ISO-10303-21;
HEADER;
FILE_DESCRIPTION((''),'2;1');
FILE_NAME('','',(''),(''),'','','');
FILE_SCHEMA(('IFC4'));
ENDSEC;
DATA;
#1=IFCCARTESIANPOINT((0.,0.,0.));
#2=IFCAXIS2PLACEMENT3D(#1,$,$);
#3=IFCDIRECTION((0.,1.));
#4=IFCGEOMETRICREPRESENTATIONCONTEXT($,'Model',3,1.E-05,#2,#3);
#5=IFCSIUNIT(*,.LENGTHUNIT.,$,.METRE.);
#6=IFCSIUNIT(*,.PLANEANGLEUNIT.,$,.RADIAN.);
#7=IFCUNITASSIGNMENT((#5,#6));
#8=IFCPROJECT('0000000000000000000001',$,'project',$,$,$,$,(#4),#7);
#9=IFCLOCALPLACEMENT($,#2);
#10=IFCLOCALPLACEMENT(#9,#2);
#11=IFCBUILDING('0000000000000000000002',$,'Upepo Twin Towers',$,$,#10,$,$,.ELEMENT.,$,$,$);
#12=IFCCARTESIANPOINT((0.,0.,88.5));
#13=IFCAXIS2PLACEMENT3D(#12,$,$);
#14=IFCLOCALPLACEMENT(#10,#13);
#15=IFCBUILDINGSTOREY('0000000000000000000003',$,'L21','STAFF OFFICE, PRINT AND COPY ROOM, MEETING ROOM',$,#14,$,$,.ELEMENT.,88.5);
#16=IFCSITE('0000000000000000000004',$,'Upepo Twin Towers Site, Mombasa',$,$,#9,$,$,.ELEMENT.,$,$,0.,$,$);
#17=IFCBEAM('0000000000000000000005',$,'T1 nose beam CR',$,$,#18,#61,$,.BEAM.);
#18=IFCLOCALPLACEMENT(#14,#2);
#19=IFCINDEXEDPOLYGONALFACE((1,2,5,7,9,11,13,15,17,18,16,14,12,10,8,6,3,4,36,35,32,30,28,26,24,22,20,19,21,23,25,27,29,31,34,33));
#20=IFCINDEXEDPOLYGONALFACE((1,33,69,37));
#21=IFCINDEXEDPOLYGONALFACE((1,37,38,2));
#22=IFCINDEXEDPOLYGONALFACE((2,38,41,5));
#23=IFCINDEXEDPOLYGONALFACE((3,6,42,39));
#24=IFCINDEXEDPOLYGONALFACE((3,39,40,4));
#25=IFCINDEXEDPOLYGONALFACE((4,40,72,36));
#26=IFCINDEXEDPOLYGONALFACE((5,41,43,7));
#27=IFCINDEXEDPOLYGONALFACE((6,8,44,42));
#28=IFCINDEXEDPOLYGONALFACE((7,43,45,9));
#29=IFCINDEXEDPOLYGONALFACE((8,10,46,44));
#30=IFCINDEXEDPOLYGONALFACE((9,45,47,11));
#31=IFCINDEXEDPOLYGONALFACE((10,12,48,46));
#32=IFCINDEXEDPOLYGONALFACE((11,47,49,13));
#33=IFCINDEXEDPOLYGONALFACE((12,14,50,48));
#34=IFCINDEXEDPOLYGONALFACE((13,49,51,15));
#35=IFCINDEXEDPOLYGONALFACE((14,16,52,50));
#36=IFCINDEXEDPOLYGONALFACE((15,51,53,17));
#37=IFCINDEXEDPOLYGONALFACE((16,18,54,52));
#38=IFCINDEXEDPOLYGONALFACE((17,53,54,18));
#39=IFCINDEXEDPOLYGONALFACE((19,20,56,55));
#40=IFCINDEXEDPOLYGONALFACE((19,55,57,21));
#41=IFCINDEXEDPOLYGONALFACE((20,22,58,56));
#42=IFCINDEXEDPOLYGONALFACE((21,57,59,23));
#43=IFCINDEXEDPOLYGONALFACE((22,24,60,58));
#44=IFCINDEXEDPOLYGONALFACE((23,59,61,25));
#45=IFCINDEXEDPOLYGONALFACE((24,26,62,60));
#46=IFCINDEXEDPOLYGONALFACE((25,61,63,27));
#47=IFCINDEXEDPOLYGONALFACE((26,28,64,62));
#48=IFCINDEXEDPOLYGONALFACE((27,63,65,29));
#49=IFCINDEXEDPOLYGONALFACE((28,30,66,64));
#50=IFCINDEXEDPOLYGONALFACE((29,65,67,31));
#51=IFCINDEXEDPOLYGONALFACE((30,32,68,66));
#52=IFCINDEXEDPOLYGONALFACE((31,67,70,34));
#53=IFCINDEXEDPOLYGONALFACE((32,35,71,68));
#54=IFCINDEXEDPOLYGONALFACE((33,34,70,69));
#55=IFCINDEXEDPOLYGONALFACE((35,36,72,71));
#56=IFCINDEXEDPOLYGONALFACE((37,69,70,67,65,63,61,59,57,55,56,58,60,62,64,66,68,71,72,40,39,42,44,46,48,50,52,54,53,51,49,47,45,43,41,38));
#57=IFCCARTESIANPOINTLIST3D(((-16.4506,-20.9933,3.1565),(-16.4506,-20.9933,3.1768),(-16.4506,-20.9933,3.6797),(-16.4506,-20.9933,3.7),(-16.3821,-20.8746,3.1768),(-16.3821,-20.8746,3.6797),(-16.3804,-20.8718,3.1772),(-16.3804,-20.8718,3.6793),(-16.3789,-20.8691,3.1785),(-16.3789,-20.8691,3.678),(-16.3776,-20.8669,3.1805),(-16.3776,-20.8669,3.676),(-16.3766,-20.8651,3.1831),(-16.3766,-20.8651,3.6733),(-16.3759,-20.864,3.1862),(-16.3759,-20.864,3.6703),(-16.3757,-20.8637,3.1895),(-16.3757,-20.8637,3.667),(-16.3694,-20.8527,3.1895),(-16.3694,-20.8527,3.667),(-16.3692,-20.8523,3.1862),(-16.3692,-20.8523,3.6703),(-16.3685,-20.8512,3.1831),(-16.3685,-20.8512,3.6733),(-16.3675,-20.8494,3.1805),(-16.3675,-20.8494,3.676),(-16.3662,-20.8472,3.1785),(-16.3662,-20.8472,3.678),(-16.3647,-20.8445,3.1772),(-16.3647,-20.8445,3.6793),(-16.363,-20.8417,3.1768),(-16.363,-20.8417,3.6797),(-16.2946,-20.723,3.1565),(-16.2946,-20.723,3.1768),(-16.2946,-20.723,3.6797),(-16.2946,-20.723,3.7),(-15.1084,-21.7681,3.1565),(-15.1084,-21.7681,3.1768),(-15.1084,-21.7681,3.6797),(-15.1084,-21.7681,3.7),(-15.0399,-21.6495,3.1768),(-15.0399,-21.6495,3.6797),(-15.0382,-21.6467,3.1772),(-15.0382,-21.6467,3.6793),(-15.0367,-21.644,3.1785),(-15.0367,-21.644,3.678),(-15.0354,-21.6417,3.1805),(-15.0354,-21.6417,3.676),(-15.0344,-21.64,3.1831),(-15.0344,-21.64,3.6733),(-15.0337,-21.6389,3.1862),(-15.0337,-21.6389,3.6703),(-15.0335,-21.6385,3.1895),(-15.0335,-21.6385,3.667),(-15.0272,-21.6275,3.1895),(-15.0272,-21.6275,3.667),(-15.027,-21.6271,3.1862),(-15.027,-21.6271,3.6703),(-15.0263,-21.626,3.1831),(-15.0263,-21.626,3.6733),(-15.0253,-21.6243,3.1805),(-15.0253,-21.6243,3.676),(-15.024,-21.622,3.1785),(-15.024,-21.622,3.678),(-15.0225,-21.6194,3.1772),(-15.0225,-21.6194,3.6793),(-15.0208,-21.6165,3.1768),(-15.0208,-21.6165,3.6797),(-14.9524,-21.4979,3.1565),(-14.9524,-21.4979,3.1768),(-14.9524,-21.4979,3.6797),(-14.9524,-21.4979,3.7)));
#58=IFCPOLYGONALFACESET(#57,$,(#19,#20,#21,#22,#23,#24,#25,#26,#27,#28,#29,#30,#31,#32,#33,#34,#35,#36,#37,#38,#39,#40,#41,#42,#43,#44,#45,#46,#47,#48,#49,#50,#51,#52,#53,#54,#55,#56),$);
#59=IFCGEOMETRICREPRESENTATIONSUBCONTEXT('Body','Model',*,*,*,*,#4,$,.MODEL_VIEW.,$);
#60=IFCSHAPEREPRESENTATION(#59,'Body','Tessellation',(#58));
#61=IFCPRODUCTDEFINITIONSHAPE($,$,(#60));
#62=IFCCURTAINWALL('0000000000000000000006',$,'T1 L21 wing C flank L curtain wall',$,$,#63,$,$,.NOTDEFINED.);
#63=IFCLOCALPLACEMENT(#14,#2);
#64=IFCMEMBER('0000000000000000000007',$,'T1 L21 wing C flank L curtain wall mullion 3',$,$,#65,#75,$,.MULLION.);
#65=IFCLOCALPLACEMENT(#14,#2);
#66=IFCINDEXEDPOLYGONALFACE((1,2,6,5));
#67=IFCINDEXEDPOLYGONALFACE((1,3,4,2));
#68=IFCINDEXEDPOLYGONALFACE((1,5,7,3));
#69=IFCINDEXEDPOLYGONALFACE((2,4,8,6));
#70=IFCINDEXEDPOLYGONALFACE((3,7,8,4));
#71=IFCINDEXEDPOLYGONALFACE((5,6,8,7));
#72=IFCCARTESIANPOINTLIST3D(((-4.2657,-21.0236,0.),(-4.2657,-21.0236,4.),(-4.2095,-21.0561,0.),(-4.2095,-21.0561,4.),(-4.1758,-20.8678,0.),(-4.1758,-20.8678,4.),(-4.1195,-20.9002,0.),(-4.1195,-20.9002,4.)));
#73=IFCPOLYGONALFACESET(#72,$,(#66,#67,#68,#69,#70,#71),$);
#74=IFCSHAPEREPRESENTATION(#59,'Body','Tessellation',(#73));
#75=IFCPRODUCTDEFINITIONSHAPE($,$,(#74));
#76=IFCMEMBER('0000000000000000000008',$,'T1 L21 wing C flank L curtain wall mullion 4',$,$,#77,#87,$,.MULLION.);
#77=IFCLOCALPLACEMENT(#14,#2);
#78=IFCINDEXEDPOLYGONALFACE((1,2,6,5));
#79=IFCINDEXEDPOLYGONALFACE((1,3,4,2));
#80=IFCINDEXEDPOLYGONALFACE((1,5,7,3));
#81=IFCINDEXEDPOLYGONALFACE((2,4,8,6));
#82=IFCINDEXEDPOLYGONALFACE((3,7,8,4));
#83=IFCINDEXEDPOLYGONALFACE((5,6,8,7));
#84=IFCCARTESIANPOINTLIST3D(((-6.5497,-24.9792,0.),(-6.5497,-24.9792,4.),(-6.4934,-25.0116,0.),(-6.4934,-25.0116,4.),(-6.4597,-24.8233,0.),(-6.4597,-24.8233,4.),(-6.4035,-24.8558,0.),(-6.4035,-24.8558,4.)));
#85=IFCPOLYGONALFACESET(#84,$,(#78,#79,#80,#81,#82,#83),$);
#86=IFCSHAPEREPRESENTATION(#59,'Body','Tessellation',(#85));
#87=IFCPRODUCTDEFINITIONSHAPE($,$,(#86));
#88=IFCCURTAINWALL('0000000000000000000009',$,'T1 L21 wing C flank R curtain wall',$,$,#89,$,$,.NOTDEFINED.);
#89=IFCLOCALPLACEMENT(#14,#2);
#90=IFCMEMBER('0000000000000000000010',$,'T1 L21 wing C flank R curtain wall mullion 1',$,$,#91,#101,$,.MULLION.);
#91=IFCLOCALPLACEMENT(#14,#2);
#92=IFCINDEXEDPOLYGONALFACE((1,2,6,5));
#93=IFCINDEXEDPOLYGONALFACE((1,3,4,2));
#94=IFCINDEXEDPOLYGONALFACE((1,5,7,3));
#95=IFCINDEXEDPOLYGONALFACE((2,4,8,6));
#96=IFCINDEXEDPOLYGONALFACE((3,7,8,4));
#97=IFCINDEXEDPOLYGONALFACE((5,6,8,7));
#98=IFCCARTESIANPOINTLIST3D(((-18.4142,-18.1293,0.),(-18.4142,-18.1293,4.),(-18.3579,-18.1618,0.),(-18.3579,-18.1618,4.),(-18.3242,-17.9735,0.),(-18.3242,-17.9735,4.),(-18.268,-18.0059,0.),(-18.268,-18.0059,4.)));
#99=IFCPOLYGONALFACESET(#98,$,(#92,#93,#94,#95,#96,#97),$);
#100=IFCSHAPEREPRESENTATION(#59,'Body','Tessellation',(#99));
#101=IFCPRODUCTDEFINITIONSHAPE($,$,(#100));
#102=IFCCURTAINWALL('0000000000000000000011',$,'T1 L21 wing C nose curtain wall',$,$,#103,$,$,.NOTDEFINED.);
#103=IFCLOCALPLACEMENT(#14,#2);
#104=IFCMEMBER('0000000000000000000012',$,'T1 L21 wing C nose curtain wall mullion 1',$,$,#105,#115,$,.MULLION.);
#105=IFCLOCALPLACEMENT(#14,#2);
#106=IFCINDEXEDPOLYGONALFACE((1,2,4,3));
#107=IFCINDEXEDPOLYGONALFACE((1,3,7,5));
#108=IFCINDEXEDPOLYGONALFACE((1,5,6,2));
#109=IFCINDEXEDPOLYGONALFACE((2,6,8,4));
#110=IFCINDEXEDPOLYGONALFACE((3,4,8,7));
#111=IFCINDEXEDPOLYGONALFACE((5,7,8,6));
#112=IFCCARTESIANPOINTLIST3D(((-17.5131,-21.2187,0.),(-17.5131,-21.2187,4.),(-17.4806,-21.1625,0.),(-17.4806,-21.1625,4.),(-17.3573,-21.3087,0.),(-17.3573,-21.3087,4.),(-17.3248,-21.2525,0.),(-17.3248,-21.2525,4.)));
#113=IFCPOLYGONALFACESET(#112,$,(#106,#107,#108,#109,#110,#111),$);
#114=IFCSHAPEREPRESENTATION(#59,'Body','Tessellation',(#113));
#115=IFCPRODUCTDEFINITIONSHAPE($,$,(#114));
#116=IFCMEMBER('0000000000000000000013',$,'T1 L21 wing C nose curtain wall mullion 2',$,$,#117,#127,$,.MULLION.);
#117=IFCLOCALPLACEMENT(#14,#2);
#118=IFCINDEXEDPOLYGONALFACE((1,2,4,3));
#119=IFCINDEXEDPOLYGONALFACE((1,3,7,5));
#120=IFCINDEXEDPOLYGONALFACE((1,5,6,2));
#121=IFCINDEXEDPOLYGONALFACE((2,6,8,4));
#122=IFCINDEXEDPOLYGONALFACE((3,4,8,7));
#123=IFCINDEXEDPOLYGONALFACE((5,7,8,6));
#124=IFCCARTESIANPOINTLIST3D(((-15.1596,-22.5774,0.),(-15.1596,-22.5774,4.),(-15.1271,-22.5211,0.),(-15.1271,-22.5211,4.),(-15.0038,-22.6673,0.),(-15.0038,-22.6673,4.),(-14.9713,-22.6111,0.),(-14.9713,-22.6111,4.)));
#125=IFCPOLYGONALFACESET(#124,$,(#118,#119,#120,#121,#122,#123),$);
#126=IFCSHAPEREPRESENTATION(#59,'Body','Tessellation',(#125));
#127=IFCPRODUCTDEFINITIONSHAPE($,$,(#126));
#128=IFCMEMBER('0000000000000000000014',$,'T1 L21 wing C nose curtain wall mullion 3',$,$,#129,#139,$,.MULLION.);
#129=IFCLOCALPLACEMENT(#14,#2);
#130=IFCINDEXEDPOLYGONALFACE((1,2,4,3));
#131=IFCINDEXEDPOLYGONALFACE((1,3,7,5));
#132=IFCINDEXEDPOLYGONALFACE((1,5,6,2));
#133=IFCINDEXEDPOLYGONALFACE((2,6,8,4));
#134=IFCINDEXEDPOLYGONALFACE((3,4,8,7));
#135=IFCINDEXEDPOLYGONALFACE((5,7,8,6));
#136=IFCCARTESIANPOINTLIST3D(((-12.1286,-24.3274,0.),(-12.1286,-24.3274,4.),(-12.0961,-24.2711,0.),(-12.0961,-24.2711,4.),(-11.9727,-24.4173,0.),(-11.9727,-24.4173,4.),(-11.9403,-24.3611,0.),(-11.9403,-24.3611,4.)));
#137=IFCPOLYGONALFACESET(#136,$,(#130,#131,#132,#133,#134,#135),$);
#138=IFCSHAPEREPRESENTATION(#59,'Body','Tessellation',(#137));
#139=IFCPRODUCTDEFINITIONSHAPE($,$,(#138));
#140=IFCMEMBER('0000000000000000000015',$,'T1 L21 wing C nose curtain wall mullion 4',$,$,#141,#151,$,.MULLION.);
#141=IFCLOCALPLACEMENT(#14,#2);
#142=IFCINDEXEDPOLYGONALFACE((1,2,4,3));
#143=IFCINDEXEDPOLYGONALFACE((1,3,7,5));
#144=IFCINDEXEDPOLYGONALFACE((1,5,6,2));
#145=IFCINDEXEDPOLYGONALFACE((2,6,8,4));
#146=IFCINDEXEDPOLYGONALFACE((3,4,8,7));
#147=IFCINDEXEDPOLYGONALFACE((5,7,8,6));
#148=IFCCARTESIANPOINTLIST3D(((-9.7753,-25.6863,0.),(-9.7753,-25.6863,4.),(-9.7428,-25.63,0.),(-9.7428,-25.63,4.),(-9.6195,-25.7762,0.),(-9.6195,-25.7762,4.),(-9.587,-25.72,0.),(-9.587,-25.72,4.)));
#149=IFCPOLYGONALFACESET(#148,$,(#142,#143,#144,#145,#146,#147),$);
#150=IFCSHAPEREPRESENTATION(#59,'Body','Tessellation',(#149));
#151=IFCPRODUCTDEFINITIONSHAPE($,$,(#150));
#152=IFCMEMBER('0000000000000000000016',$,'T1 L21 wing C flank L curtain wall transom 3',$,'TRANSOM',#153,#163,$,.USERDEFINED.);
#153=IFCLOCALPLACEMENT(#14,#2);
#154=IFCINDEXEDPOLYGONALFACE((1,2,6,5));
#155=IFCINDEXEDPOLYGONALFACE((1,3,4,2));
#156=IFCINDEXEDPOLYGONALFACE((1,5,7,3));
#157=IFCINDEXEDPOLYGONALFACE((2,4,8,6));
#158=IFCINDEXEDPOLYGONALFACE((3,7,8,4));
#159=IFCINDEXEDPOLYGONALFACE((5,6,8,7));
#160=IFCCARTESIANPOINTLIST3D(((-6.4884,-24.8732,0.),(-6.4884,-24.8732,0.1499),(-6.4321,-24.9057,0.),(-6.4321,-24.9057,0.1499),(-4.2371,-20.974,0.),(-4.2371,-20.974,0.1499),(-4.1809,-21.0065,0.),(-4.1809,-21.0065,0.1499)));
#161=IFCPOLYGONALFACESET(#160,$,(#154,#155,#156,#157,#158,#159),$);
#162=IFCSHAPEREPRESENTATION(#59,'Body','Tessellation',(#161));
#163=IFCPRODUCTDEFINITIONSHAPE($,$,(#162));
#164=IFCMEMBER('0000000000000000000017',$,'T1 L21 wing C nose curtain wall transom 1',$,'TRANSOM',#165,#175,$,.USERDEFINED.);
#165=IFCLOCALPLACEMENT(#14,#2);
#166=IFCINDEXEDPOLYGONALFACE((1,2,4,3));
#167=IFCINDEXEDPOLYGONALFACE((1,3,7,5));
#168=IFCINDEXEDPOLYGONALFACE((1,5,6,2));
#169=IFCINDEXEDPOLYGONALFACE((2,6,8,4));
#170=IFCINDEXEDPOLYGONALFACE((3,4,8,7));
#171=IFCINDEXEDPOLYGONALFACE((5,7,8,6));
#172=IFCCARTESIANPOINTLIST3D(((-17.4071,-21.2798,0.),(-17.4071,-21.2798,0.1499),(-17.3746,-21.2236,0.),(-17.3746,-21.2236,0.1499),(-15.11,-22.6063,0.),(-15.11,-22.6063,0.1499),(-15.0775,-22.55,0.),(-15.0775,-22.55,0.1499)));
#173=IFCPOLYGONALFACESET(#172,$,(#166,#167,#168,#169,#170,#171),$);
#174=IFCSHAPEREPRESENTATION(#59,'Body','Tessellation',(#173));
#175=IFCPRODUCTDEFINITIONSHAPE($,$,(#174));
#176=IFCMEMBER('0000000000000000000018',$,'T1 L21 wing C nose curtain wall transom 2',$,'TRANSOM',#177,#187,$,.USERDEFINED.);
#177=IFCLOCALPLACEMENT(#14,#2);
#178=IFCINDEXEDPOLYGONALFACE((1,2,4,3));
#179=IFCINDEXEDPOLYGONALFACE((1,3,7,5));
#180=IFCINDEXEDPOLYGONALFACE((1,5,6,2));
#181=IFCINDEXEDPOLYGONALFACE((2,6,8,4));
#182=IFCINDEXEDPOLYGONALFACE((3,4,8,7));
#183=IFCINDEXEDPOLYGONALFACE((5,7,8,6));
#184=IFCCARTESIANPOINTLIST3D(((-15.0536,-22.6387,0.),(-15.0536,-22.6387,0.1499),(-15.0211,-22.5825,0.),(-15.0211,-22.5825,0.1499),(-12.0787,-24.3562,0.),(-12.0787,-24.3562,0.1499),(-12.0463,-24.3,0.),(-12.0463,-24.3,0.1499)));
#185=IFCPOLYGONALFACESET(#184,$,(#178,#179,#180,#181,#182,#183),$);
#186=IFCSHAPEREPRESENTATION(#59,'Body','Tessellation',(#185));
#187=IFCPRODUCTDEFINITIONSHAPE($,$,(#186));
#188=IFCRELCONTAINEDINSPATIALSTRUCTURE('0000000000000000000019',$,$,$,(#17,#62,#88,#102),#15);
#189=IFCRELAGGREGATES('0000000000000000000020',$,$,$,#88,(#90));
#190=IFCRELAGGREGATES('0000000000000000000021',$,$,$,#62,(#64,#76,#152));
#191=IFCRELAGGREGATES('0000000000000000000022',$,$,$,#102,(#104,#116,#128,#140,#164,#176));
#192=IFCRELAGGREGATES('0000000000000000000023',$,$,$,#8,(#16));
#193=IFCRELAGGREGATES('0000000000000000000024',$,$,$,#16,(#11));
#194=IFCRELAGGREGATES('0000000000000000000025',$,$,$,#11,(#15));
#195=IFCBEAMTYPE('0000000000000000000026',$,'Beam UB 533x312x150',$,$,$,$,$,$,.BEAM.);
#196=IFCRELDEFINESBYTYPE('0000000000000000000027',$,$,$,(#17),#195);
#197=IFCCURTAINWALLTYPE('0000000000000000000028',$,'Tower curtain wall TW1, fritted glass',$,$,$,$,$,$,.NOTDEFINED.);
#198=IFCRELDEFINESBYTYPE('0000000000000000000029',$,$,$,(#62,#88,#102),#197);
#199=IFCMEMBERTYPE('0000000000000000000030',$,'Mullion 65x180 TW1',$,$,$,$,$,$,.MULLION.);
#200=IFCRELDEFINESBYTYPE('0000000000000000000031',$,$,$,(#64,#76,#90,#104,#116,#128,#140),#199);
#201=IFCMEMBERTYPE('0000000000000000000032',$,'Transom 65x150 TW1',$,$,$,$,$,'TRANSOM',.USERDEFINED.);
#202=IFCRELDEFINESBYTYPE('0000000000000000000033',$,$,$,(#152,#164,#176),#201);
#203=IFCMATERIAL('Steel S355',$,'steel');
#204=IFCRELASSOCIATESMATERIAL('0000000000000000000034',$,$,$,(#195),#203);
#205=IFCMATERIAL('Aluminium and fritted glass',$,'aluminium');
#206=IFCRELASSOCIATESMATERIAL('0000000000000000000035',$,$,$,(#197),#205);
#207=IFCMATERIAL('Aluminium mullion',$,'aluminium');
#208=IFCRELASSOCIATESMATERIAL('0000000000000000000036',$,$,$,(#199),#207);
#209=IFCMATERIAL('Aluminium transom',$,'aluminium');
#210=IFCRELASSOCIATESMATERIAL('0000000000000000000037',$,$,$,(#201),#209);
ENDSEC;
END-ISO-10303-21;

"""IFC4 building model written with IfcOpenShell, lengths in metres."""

from ifc_helpers import new_model, si_unit, direction, frame, origin, origin_2d, place, context, subcontext, project, spatial, rectangle, i_section, extrude, material, material_profile, profile_set, type_object, element, aggregate, save


model = new_model("IFC4")

# Units and contexts
model_context = context("Model", 3, precision=1e-05, world=origin(), true_north=direction((0.0, 1.0)))
body_context = subcontext(model_context, "Body", "Model", "MODEL_VIEW")
ifc_project = project(units=[si_unit("LENGTHUNIT", "METRE"), si_unit("PLANEANGLEUNIT", "RADIAN")], contexts=[model_context])

# Site, building, storey
site_placement = place(None, origin())
site = spatial("IfcSite", under=ifc_project, at=site_placement, Name="Upepo Twin Towers Site, Mombasa", CompositionType="ELEMENT", RefElevation=0.0)
building_placement = place(site_placement, origin())
building = spatial("IfcBuilding", under=site, at=building_placement, Name="Upepo Twin Towers", CompositionType="ELEMENT")
storey_placement = place(building_placement, frame((0.0, 0.0, 88.5)))
storey = spatial("IfcBuildingStorey", under=building, at=storey_placement, Name="L21", Description="STAFF OFFICE, PRINT AND COPY ROOM, MEETING ROOM", CompositionType="ELEMENT", Elevation=88.5)

# Beam
ifc_material_1 = material(Name="Steel S355", Category="steel")
ifc_material_profile_1 = material_profile(ifc_material_1, i_section(OverallWidth=0.312, OverallDepth=0.5435, WebThickness=0.0127, FlangeThickness=0.0203, FilletRadius=0.0127, at=origin_2d()), Name="UB 533x312x150")
ifc_profile_set_1 = profile_set([ifc_material_profile_1], Name="Steel S355")
beam_type_1 = type_object("IfcBeamType", Name="Beam UB 533x312x150", PredefinedType="BEAM", material=ifc_profile_set_1)
for number, where, z_axis, x_axis, name in (
    (1, (-16.3726, -20.8582, 3.4282), (0.866044, -0.499968, 0.0), (0.499968, 0.866044, 0.0), "T1 nose beam CR"),
):
    element("IfcBeam", number, at=place(storey_placement, frame(where, z_axis=z_axis, x_axis=x_axis)), inside=storey, type_object=beam_type_1, Name=name, PredefinedType="BEAM", context=body_context, shape_type="SweptSolid", body=[
        extrude(i_section(OverallWidth=0.312, OverallDepth=0.5435, WebThickness=0.0127, FlangeThickness=0.0203, FilletRadius=0.0127, at=origin_2d()), origin(), (0.0, 0.0, 1.0), 1.5498),
    ])

# Curtain wall, members
ifc_material_2 = material(Name="Aluminium and fritted glass", Category="aluminium")
curtain_wall_type = type_object("IfcCurtainWallType", Name="Tower curtain wall TW1, fritted glass", PredefinedType="NOTDEFINED", material=ifc_material_2)
curtain_wall_1_placement = place(storey_placement, origin())
curtain_wall_1 = element("IfcCurtainWall", 2, at=curtain_wall_1_placement, inside=storey, type_object=curtain_wall_type, Name="T1 L21 wing C flank L curtain wall", PredefinedType="NOTDEFINED")
ifc_material_3 = material(Name="Aluminium mullion", Category="aluminium")
ifc_material_profile_2 = material_profile(ifc_material_3, rectangle(XDim=0.0649, YDim=0.1799, at=origin_2d()), Name="MULLION 65x180")
ifc_profile_set_2 = profile_set([ifc_material_profile_2], Name="Aluminium mullion")
member_type_1 = type_object("IfcMemberType", Name="Mullion 65x180 TW1", PredefinedType="MULLION", material=ifc_profile_set_2)
member_1_placement = place(storey_placement, frame((-4.1926, -20.9619, 0.0), z_axis=(0.0, 0.0, 1.0), x_axis=(0.866025, -0.5, 0.0)))
member_1 = element("IfcMember", 3, at=member_1_placement, type_object=member_type_1, Name="T1 L21 wing C flank L curtain wall mullion 3", PredefinedType="MULLION", context=body_context, shape_type="SweptSolid", body=[
    extrude(rectangle(XDim=0.0649, YDim=0.1799, at=origin_2d()), origin(), (0.0, 0.0, 1.0), 4.0),
])
member_2_placement = place(storey_placement, frame((-6.4766, -24.9175, 0.0), z_axis=(0.0, 0.0, 1.0), x_axis=(0.866025, -0.5, 0.0)))
member_2 = element("IfcMember", 4, at=member_2_placement, type_object=member_type_1, Name="T1 L21 wing C flank L curtain wall mullion 4", PredefinedType="MULLION", context=body_context, shape_type="SweptSolid", body=[
    extrude(rectangle(XDim=0.0649, YDim=0.1799, at=origin_2d()), origin(), (0.0, 0.0, 1.0), 4.0),
])

# Curtain wall, member
curtain_wall_2_placement = place(storey_placement, origin())
curtain_wall_2 = element("IfcCurtainWall", 5, at=curtain_wall_2_placement, inside=storey, type_object=curtain_wall_type, Name="T1 L21 wing C flank R curtain wall", PredefinedType="NOTDEFINED")
member_3_placement = place(storey_placement, frame((-18.3411, -18.0676, 0.0), z_axis=(0.0, 0.0, 1.0), x_axis=(-0.866025, 0.5, 0.0)))
member_3 = element("IfcMember", 6, at=member_3_placement, type_object=member_type_1, Name="T1 L21 wing C flank R curtain wall mullion 1", PredefinedType="MULLION", context=body_context, shape_type="SweptSolid", body=[
    extrude(rectangle(XDim=0.0649, YDim=0.1799, at=origin_2d()), origin(), (0.0, 0.0, 1.0), 4.0),
])
aggregate(curtain_wall_2, [member_3])

# Curtain wall, members
curtain_wall_3_placement = place(storey_placement, origin())
curtain_wall_3 = element("IfcCurtainWall", 7, at=curtain_wall_3_placement, inside=storey, type_object=curtain_wall_type, Name="T1 L21 wing C nose curtain wall", PredefinedType="NOTDEFINED")
member_4_placement = place(storey_placement, frame((-17.4189, -21.2356, 0.0), z_axis=(0.0, 0.0, 1.0), x_axis=(0.5, 0.866025, 0.0)))
member_4 = element("IfcMember", 8, at=member_4_placement, type_object=member_type_1, Name="T1 L21 wing C nose curtain wall mullion 1", PredefinedType="MULLION", context=body_context, shape_type="SweptSolid", body=[
    extrude(rectangle(XDim=0.0649, YDim=0.1799, at=origin_2d()), origin(), (0.0, 0.0, 1.0), 4.0),
])
member_5_placement = place(storey_placement, frame((-15.0654, -22.5942, 0.0), z_axis=(0.0, 0.0, 1.0), x_axis=(0.5, 0.866025, 0.0)))
member_5 = element("IfcMember", 9, at=member_5_placement, type_object=member_type_1, Name="T1 L21 wing C nose curtain wall mullion 2", PredefinedType="MULLION", context=body_context, shape_type="SweptSolid", body=[
    extrude(rectangle(XDim=0.0649, YDim=0.1799, at=origin_2d()), origin(), (0.0, 0.0, 1.0), 4.0),
])
member_6_placement = place(storey_placement, frame((-12.0344, -24.3442, 0.0), z_axis=(0.0, 0.0, 1.0), x_axis=(0.5, 0.866025, 0.0)))
member_6 = element("IfcMember", 10, at=member_6_placement, type_object=member_type_1, Name="T1 L21 wing C nose curtain wall mullion 3", PredefinedType="MULLION", context=body_context, shape_type="SweptSolid", body=[
    extrude(rectangle(XDim=0.0649, YDim=0.1799, at=origin_2d()), origin(), (0.0, 0.0, 1.0), 4.0),
])
member_7_placement = place(storey_placement, frame((-9.6812, -25.7031, 0.0), z_axis=(0.0, 0.0, 1.0), x_axis=(0.5, 0.866025, 0.0)))
member_7 = element("IfcMember", 11, at=member_7_placement, type_object=member_type_1, Name="T1 L21 wing C nose curtain wall mullion 4", PredefinedType="MULLION", context=body_context, shape_type="SweptSolid", body=[
    extrude(rectangle(XDim=0.0649, YDim=0.1799, at=origin_2d()), origin(), (0.0, 0.0, 1.0), 4.0),
])

# Members
ifc_material_4 = material(Name="Aluminium transom", Category="aluminium")
ifc_material_profile_3 = material_profile(ifc_material_4, rectangle(XDim=0.0649, YDim=0.1499, at=origin_2d()), Name="TRANSOM 65x150")
ifc_profile_set_3 = profile_set([ifc_material_profile_3], Name="Aluminium transom")
member_type_2 = type_object("IfcMemberType", Name="Transom 65x150 TW1", ElementType="TRANSOM", PredefinedType="USERDEFINED", material=ifc_profile_set_3)
member_8_placement = place(storey_placement, frame((-4.209, -20.9902, 0.075), z_axis=(-0.500006, -0.866022, 0.0), x_axis=(0.866022, -0.500006, 0.0)))
member_8 = element("IfcMember", 12, at=member_8_placement, type_object=member_type_2, Name="T1 L21 wing C flank L curtain wall transom 3", ObjectType="TRANSOM", PredefinedType="USERDEFINED", context=body_context, shape_type="SweptSolid", body=[
    extrude(rectangle(XDim=0.0649, YDim=0.1499, at=origin_2d()), origin(), (0.0, 0.0, 1.0), 4.5024),
])
member_9_placement = place(storey_placement, frame((-17.3909, -21.2517, 0.075), z_axis=(0.865997, -0.500049, 0.0), x_axis=(0.500049, 0.865997, 0.0)))
member_9 = element("IfcMember", 13, at=member_9_placement, type_object=member_type_2, Name="T1 L21 wing C nose curtain wall transom 1", ObjectType="TRANSOM", PredefinedType="USERDEFINED", context=body_context, shape_type="SweptSolid", body=[
    extrude(rectangle(XDim=0.0649, YDim=0.1499, at=origin_2d()), origin(), (0.0, 0.0, 1.0), 2.6526),
])
member_10_placement = place(storey_placement, frame((-15.0374, -22.6106, 0.075), z_axis=(0.866026, -0.499999, 0.0), x_axis=(0.499999, 0.866026, 0.0)))
member_10 = element("IfcMember", 14, at=member_10_placement, type_object=member_type_2, Name="T1 L21 wing C nose curtain wall transom 2", ObjectType="TRANSOM", PredefinedType="USERDEFINED", context=body_context, shape_type="SweptSolid", body=[
    extrude(rectangle(XDim=0.0649, YDim=0.1499, at=origin_2d()), origin(), (0.0, 0.0, 1.0), 3.4351),
])

aggregate(curtain_wall_1, [member_1, member_2, member_8])
aggregate(curtain_wall_3, [member_4, member_5, member_6, member_7, member_9, member_10])

save(model, "model.ifc")
